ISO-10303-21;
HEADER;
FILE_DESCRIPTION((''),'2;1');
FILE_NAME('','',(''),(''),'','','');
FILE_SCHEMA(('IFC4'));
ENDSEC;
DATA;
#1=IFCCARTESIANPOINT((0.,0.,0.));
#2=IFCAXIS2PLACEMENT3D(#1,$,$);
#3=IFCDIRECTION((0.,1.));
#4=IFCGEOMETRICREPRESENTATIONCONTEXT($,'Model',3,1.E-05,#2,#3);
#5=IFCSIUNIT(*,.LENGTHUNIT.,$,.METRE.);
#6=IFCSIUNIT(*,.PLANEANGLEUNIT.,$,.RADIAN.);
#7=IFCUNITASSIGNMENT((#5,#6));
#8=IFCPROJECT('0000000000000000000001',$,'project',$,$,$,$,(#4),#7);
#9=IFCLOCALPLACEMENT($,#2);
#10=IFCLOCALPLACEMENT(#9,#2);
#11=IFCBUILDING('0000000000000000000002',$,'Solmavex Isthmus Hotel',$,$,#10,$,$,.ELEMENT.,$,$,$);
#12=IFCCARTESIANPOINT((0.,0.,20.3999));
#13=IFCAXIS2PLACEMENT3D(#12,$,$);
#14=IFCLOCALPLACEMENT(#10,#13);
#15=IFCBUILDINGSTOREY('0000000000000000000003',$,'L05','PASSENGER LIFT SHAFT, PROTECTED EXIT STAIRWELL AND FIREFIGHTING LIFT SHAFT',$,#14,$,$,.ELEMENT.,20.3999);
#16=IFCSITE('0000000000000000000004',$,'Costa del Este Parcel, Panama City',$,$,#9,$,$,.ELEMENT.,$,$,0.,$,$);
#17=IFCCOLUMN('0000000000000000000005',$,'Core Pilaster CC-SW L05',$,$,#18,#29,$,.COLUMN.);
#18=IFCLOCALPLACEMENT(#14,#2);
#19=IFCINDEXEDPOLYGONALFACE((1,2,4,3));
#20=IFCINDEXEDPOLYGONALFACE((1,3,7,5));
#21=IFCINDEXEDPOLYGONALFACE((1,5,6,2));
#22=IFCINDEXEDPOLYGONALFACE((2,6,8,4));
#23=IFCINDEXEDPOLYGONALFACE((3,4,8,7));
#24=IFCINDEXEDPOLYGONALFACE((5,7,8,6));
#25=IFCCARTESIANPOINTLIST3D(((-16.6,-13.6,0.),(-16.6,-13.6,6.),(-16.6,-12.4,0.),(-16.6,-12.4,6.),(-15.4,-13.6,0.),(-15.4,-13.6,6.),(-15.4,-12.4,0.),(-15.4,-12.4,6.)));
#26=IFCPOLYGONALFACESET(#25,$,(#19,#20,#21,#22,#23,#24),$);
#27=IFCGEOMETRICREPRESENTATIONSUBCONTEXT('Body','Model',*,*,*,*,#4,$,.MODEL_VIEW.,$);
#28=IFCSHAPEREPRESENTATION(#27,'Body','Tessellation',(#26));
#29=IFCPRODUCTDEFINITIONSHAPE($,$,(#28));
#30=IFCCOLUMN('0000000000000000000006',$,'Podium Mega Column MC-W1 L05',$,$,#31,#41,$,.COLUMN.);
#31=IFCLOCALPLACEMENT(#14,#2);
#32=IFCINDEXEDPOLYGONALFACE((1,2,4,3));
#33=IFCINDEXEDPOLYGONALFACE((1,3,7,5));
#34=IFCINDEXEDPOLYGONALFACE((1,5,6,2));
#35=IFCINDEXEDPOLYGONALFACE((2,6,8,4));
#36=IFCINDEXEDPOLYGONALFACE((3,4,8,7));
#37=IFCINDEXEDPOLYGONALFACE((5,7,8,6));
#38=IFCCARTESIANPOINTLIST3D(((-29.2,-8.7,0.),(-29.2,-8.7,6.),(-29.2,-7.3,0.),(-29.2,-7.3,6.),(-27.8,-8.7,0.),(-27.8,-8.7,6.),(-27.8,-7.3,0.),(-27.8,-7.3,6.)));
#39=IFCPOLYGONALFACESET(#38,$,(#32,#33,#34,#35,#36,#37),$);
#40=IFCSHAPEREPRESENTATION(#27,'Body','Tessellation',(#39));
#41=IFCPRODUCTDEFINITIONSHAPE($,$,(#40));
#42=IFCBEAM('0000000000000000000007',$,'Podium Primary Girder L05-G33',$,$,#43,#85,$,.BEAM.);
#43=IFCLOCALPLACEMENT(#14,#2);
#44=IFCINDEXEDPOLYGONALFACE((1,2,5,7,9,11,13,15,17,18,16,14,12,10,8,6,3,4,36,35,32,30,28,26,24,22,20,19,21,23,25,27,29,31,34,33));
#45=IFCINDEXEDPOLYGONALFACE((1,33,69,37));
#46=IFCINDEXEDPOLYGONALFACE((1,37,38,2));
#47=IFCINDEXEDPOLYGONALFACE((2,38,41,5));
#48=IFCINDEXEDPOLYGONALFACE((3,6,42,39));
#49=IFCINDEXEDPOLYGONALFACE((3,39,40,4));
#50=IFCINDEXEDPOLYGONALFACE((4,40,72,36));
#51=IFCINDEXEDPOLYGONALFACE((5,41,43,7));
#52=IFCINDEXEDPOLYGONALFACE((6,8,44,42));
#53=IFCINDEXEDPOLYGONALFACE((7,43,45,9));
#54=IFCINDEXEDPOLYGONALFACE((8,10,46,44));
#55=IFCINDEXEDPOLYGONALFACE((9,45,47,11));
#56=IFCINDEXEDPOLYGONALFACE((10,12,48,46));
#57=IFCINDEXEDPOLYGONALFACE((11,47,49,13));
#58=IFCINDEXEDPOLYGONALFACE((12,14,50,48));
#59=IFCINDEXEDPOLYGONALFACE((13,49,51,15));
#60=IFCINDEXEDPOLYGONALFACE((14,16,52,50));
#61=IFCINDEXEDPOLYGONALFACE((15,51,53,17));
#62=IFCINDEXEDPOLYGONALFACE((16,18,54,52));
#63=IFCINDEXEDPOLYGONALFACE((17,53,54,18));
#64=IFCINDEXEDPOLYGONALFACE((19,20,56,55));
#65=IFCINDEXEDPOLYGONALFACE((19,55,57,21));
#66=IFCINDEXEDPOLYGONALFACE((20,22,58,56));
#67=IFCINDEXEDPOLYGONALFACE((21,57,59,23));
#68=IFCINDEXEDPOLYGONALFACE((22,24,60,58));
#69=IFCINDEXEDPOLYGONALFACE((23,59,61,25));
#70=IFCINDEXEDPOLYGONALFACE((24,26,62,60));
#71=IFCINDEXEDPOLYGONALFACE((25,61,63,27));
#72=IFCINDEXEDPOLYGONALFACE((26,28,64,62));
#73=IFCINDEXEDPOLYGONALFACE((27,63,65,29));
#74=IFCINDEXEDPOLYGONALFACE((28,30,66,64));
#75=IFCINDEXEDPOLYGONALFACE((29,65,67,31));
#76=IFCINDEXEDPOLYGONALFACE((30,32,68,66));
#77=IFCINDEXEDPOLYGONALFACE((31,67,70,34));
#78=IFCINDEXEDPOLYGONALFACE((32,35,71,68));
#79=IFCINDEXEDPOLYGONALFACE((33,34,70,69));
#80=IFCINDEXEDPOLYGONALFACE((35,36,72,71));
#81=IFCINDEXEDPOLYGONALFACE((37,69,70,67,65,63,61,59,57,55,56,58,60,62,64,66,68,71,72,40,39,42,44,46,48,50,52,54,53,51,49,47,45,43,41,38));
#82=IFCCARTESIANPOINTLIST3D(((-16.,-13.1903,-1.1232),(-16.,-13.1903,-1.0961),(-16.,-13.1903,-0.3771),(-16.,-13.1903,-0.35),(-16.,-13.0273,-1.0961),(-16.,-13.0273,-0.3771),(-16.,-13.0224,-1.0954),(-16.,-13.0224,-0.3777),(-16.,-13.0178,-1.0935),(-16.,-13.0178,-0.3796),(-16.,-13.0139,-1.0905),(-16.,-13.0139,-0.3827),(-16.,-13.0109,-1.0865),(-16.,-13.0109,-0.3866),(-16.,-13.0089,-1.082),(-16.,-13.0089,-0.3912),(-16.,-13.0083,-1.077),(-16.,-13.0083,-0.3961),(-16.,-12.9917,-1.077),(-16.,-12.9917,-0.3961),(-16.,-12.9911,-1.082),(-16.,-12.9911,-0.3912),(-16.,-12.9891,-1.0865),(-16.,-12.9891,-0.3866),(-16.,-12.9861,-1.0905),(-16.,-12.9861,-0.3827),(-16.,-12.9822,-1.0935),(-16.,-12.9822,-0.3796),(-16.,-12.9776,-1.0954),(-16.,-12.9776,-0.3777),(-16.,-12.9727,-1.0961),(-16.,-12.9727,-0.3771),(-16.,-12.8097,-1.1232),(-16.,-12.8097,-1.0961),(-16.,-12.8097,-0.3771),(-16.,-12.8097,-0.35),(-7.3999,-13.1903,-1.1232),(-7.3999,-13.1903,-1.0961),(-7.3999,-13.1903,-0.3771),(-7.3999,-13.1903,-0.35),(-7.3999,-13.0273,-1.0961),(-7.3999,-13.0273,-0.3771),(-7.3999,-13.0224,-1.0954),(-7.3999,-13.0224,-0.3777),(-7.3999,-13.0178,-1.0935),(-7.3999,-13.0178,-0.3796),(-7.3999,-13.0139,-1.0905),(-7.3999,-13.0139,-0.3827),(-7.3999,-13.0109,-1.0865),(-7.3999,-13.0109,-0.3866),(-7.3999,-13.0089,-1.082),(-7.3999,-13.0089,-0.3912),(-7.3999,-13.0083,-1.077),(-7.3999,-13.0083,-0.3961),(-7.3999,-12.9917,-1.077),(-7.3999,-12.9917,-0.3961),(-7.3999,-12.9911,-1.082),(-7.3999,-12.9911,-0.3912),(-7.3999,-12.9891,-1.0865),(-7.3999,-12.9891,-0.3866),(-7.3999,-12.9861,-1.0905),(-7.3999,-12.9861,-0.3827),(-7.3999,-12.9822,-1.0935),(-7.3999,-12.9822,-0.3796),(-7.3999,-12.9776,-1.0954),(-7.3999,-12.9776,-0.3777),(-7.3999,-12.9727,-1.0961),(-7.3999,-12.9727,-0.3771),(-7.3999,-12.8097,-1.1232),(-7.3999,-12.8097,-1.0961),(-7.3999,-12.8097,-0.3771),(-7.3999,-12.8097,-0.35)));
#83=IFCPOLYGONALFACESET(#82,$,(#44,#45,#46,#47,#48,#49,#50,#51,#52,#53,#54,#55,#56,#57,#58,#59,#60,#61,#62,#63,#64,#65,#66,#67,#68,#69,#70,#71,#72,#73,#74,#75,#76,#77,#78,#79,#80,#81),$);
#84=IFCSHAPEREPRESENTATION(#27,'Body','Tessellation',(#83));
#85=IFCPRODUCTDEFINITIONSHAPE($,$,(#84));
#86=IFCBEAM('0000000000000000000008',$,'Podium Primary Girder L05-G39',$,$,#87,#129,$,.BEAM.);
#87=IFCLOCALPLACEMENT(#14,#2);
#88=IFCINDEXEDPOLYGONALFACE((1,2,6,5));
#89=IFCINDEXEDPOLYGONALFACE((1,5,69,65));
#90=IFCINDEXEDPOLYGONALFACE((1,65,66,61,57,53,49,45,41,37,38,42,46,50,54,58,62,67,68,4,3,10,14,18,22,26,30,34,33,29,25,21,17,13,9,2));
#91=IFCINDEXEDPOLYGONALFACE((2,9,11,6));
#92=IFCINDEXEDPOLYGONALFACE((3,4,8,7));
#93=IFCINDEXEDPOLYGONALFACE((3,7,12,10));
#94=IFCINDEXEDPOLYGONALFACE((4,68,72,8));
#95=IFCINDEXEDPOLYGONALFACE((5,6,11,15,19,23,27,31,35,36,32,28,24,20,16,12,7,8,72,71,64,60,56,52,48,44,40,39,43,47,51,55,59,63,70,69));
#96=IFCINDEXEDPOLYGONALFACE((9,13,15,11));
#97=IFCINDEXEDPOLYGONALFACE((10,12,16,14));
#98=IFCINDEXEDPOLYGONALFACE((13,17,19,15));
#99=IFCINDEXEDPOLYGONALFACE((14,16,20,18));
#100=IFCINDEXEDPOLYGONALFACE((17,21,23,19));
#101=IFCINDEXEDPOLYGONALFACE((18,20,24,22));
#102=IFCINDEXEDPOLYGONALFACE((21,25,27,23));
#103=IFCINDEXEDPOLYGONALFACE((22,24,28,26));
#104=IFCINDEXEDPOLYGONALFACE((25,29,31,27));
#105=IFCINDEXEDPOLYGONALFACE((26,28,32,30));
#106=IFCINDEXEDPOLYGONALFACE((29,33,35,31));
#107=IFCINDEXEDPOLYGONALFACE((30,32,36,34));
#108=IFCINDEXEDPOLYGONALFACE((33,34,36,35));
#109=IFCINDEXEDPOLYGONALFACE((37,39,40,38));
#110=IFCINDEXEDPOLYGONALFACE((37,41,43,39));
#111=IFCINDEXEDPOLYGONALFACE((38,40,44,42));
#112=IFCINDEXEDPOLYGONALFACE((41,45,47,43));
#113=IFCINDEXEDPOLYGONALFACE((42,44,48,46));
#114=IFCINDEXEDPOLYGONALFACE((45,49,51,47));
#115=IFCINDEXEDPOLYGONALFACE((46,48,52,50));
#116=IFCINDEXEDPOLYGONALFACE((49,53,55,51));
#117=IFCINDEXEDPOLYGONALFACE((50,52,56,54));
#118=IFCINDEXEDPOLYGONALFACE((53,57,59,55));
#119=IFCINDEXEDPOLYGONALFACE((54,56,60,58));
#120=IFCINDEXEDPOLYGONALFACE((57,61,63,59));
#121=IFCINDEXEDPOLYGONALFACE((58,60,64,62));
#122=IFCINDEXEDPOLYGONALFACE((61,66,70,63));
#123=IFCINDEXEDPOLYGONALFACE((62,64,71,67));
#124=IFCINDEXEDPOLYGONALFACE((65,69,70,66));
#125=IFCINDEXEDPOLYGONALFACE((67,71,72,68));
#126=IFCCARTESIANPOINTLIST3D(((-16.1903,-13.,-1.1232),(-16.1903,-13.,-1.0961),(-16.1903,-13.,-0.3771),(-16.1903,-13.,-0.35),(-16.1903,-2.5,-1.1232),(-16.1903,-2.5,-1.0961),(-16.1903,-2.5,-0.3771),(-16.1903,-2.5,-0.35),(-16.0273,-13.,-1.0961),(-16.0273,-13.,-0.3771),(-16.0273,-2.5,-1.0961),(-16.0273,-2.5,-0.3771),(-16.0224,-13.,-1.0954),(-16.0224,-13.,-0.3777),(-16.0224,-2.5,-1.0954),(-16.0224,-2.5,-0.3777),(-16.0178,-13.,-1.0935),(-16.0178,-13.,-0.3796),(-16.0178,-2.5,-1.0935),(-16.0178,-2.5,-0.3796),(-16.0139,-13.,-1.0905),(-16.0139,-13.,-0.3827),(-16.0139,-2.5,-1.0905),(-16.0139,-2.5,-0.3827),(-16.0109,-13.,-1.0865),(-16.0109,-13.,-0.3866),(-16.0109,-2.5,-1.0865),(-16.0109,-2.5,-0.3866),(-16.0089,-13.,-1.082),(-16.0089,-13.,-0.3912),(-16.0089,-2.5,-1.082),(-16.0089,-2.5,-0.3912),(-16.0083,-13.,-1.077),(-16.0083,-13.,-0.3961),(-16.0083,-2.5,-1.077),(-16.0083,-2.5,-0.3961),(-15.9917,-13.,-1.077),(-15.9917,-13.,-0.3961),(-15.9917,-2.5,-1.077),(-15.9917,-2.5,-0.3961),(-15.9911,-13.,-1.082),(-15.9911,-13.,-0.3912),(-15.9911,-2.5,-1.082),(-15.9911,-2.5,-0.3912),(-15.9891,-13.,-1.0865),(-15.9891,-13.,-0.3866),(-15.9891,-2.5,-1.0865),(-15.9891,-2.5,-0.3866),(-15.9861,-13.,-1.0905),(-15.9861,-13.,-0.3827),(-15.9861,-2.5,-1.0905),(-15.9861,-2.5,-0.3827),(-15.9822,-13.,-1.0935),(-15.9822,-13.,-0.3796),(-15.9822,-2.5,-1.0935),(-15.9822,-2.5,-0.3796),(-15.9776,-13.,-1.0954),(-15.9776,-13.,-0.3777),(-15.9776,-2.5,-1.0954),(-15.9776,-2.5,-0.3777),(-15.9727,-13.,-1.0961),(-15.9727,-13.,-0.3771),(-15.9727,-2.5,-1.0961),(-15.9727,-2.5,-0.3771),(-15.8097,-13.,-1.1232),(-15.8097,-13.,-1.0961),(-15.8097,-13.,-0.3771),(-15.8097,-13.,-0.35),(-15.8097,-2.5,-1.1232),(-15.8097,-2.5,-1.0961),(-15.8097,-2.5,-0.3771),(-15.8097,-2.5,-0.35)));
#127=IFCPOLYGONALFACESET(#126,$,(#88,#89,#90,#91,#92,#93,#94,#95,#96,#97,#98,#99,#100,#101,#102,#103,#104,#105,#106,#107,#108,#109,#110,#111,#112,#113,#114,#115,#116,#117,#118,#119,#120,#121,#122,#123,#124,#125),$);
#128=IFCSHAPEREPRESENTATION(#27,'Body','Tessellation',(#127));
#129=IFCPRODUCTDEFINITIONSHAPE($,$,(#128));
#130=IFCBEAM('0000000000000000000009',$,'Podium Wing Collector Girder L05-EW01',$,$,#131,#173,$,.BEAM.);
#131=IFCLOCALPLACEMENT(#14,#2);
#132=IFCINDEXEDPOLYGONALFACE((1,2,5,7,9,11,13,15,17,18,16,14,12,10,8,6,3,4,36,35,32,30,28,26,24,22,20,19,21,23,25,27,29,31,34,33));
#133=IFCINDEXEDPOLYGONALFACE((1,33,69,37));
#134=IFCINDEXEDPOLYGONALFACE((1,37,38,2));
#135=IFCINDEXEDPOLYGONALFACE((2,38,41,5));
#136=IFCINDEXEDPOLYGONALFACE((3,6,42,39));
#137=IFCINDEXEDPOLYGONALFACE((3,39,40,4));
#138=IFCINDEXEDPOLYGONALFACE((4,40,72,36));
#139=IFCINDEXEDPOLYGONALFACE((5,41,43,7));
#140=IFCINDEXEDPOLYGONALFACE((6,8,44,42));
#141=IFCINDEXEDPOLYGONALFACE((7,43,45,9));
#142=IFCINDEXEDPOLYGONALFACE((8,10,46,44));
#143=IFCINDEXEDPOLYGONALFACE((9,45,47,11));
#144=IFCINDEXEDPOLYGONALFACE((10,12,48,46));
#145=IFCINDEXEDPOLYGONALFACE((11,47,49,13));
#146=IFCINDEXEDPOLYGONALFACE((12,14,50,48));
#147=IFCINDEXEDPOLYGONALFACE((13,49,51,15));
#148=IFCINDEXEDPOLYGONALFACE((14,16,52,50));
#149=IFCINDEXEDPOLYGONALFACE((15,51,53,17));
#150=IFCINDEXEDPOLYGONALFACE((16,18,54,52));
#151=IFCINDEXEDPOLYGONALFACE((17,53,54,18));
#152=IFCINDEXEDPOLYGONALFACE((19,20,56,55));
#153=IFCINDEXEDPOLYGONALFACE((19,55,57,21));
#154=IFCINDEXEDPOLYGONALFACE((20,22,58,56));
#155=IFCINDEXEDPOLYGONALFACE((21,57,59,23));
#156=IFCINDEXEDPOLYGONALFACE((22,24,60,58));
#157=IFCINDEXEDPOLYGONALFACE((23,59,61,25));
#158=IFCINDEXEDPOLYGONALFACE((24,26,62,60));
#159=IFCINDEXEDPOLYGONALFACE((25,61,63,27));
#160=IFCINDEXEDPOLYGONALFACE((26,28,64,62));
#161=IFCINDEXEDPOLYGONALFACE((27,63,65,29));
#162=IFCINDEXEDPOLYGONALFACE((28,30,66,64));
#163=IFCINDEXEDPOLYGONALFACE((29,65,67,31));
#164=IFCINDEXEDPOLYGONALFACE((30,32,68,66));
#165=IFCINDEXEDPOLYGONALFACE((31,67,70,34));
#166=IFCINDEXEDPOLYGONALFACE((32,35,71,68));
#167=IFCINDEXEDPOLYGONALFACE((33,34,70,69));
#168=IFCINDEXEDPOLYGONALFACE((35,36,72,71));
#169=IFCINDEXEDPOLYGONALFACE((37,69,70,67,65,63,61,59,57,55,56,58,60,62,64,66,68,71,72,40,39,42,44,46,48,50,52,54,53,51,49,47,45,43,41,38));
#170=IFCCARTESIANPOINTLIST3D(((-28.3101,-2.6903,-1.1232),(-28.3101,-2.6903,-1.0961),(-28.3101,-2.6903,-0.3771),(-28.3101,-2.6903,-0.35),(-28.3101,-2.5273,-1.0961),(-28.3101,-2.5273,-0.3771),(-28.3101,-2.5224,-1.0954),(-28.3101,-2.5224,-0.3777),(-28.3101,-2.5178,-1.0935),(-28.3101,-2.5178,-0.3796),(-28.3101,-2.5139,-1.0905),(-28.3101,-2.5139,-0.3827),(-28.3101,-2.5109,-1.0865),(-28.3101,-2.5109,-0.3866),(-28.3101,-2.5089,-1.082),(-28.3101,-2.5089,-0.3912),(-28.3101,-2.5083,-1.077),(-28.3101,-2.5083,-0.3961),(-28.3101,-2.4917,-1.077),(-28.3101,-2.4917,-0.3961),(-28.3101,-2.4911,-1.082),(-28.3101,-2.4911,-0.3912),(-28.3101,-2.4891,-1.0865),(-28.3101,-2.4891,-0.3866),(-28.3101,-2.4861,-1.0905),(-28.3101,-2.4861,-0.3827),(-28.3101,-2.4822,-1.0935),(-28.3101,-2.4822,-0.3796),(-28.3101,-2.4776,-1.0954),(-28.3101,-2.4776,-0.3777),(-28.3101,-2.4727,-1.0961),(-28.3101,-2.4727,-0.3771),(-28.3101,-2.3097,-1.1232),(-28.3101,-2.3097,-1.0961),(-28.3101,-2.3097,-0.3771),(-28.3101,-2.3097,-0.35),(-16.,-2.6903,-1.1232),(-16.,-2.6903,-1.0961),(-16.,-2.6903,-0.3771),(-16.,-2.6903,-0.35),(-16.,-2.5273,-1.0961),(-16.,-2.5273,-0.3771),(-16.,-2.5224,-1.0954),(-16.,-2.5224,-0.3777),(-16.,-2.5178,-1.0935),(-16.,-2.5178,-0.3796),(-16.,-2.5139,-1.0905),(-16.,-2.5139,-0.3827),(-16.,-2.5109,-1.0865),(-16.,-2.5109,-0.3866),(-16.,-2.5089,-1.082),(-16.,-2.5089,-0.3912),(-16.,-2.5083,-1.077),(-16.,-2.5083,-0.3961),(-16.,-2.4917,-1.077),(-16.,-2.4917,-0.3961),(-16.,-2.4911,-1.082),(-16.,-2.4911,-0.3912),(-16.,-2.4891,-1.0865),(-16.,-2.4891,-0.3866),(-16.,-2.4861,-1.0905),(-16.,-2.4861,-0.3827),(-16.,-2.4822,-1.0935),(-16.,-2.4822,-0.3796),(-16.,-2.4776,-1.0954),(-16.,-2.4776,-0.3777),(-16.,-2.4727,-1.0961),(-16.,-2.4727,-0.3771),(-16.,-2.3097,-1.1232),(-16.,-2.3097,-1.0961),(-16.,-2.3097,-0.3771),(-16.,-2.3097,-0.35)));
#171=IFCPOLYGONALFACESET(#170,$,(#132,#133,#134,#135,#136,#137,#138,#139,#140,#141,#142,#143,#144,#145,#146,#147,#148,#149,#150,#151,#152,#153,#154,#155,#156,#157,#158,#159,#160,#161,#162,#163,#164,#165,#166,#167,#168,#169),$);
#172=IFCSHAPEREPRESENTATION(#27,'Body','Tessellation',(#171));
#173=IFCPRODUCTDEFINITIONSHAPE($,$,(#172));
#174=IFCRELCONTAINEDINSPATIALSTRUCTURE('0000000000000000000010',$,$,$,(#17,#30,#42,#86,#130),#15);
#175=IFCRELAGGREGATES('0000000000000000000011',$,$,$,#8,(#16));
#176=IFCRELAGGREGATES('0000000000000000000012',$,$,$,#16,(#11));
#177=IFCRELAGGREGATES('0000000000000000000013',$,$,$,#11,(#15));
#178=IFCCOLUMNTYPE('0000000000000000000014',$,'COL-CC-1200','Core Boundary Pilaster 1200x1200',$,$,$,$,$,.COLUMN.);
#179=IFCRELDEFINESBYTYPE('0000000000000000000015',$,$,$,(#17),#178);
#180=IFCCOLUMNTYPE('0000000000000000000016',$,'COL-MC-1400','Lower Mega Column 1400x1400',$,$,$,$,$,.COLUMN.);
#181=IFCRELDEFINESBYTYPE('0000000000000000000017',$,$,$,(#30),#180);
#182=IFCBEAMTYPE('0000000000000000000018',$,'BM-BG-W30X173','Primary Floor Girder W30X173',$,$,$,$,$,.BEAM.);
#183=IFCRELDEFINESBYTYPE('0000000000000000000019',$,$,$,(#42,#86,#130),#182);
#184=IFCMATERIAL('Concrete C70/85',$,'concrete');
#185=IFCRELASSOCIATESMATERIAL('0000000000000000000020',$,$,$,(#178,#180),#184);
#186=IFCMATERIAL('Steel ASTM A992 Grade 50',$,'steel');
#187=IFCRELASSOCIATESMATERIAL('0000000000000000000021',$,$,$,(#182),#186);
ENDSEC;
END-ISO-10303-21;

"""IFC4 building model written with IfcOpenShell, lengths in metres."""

from ifc_helpers import new_model, si_unit, direction, frame, origin, origin_2d, place, context, subcontext, project, spatial, rectangle, i_section, extrude, material, material_profile, profile_set, type_object, element, save


model = new_model("IFC4")

# Units and contexts
model_context = context("Model", 3, precision=1e-05, world=origin(), true_north=direction((0.0, 1.0)))
body_context = subcontext(model_context, "Body", "Model", "MODEL_VIEW")
ifc_project = project(units=[si_unit("LENGTHUNIT", "METRE"), si_unit("PLANEANGLEUNIT", "RADIAN")], contexts=[model_context])

# Site, building, storey
site_placement = place(None, origin())
site = spatial("IfcSite", under=ifc_project, at=site_placement, Name="Costa del Este Parcel, Panama City", CompositionType="ELEMENT", RefElevation=0.0)
building_placement = place(site_placement, origin())
building = spatial("IfcBuilding", under=site, at=building_placement, Name="Solmavex Isthmus Hotel", CompositionType="ELEMENT")
storey_placement = place(building_placement, frame((0.0, 0.0, 20.3999)))
storey = spatial("IfcBuildingStorey", under=building, at=storey_placement, Name="L05", Description="PASSENGER LIFT SHAFT, PROTECTED EXIT STAIRWELL AND FIREFIGHTING LIFT SHAFT", CompositionType="ELEMENT", Elevation=20.3999)

# Columns
ifc_material_1 = material(Name="Concrete C70/85", Category="concrete")
ifc_material_profile_1 = material_profile(ifc_material_1, rectangle(XDim=1.2, YDim=1.2, at=origin_2d()), Name="RC1200X1200")
ifc_profile_set_1 = profile_set([ifc_material_profile_1], Name="Concrete C70/85")
column_type_1 = type_object("IfcColumnType", Name="COL-CC-1200", Description="Core Boundary Pilaster 1200x1200", PredefinedType="COLUMN", material=ifc_profile_set_1)
column_1_placement = place(storey_placement, frame((-16.0, -13.0, 0.0), z_axis=(0.0, 0.0, 1.0), x_axis=(1.0, 0.0, 0.0)))
element("IfcColumn", 1, at=column_1_placement, inside=storey, type_object=column_type_1, Name="Core Pilaster CC-SW L05", PredefinedType="COLUMN", context=body_context, shape_type="SweptSolid", body=[
    extrude(rectangle(XDim=1.2, YDim=1.2, at=origin_2d()), origin(), (0.0, 0.0, 1.0), 6.0),
])
ifc_material_profile_2 = material_profile(ifc_material_1, rectangle(XDim=1.3999, YDim=1.3999, at=origin_2d()), Name="RC1400X1400")
ifc_profile_set_2 = profile_set([ifc_material_profile_2], Name="Concrete C70/85")
column_type_2 = type_object("IfcColumnType", Name="COL-MC-1400", Description="Lower Mega Column 1400x1400", PredefinedType="COLUMN", material=ifc_profile_set_2)
column_2_placement = place(storey_placement, frame((-28.5, -8.0, 0.0), z_axis=(0.0, 0.0, 1.0), x_axis=(1.0, 0.0, 0.0)))
element("IfcColumn", 2, at=column_2_placement, inside=storey, type_object=column_type_2, Name="Podium Mega Column MC-W1 L05", PredefinedType="COLUMN", context=body_context, shape_type="SweptSolid", body=[
    extrude(rectangle(XDim=1.3999, YDim=1.3999, at=origin_2d()), origin(), (0.0, 0.0, 1.0), 6.0),
])

# Beams
ifc_material_2 = material(Name="Steel ASTM A992 Grade 50", Category="steel")
ifc_material_profile_3 = material_profile(ifc_material_2, i_section(OverallWidth=0.3806, OverallDepth=0.7732, WebThickness=0.0166, FlangeThickness=0.0271, FilletRadius=0.019, at=origin_2d()), Name="W30X173")
ifc_profile_set_3 = profile_set([ifc_material_profile_3], Name="Steel ASTM A992 Grade 50")
beam_type_1 = type_object("IfcBeamType", Name="BM-BG-W30X173", Description="Primary Floor Girder W30X173", PredefinedType="BEAM", material=ifc_profile_set_3)
beam_1_placement = place(storey_placement, frame((-16.0, -13.0, -0.7366), z_axis=(1.0, 0.0, 0.0), x_axis=(0.0, 1.0, 0.0)))
element("IfcBeam", 3, at=beam_1_placement, inside=storey, type_object=beam_type_1, Name="Podium Primary Girder L05-G33", PredefinedType="BEAM", context=body_context, shape_type="SweptSolid", body=[
    extrude(i_section(OverallWidth=0.3806, OverallDepth=0.7732, WebThickness=0.0166, FlangeThickness=0.0271, FilletRadius=0.019, at=origin_2d()), origin(), (0.0, 0.0, 1.0), 8.6001),
])
beam_2_placement = place(storey_placement, frame((-16.0, -13.0, -0.7366), z_axis=(0.0, 1.0, 0.0), x_axis=(-1.0, 0.0, 0.0)))
element("IfcBeam", 4, at=beam_2_placement, inside=storey, type_object=beam_type_1, Name="Podium Primary Girder L05-G39", PredefinedType="BEAM", context=body_context, shape_type="SweptSolid", body=[
    extrude(i_section(OverallWidth=0.3806, OverallDepth=0.7732, WebThickness=0.0166, FlangeThickness=0.0271, FilletRadius=0.019, at=origin_2d()), origin(), (0.0, 0.0, 1.0), 10.5),
])
for number, where, z_axis, x_axis, name in (
    (5, (-28.3101, -2.5, -0.7366), (1.0, 0.0, 0.0), (0.0, 1.0, 0.0), "Podium Wing Collector Girder L05-EW01"),
):
    element("IfcBeam", number, at=place(storey_placement, frame(where, z_axis=z_axis, x_axis=x_axis)), inside=storey, type_object=beam_type_1, Name=name, PredefinedType="BEAM", context=body_context, shape_type="SweptSolid", body=[
        extrude(i_section(OverallWidth=0.3806, OverallDepth=0.7732, WebThickness=0.0166, FlangeThickness=0.0271, FilletRadius=0.019, at=origin_2d()), origin(), (0.0, 0.0, 1.0), 12.3101),
    ])

save(model, "model.ifc")
